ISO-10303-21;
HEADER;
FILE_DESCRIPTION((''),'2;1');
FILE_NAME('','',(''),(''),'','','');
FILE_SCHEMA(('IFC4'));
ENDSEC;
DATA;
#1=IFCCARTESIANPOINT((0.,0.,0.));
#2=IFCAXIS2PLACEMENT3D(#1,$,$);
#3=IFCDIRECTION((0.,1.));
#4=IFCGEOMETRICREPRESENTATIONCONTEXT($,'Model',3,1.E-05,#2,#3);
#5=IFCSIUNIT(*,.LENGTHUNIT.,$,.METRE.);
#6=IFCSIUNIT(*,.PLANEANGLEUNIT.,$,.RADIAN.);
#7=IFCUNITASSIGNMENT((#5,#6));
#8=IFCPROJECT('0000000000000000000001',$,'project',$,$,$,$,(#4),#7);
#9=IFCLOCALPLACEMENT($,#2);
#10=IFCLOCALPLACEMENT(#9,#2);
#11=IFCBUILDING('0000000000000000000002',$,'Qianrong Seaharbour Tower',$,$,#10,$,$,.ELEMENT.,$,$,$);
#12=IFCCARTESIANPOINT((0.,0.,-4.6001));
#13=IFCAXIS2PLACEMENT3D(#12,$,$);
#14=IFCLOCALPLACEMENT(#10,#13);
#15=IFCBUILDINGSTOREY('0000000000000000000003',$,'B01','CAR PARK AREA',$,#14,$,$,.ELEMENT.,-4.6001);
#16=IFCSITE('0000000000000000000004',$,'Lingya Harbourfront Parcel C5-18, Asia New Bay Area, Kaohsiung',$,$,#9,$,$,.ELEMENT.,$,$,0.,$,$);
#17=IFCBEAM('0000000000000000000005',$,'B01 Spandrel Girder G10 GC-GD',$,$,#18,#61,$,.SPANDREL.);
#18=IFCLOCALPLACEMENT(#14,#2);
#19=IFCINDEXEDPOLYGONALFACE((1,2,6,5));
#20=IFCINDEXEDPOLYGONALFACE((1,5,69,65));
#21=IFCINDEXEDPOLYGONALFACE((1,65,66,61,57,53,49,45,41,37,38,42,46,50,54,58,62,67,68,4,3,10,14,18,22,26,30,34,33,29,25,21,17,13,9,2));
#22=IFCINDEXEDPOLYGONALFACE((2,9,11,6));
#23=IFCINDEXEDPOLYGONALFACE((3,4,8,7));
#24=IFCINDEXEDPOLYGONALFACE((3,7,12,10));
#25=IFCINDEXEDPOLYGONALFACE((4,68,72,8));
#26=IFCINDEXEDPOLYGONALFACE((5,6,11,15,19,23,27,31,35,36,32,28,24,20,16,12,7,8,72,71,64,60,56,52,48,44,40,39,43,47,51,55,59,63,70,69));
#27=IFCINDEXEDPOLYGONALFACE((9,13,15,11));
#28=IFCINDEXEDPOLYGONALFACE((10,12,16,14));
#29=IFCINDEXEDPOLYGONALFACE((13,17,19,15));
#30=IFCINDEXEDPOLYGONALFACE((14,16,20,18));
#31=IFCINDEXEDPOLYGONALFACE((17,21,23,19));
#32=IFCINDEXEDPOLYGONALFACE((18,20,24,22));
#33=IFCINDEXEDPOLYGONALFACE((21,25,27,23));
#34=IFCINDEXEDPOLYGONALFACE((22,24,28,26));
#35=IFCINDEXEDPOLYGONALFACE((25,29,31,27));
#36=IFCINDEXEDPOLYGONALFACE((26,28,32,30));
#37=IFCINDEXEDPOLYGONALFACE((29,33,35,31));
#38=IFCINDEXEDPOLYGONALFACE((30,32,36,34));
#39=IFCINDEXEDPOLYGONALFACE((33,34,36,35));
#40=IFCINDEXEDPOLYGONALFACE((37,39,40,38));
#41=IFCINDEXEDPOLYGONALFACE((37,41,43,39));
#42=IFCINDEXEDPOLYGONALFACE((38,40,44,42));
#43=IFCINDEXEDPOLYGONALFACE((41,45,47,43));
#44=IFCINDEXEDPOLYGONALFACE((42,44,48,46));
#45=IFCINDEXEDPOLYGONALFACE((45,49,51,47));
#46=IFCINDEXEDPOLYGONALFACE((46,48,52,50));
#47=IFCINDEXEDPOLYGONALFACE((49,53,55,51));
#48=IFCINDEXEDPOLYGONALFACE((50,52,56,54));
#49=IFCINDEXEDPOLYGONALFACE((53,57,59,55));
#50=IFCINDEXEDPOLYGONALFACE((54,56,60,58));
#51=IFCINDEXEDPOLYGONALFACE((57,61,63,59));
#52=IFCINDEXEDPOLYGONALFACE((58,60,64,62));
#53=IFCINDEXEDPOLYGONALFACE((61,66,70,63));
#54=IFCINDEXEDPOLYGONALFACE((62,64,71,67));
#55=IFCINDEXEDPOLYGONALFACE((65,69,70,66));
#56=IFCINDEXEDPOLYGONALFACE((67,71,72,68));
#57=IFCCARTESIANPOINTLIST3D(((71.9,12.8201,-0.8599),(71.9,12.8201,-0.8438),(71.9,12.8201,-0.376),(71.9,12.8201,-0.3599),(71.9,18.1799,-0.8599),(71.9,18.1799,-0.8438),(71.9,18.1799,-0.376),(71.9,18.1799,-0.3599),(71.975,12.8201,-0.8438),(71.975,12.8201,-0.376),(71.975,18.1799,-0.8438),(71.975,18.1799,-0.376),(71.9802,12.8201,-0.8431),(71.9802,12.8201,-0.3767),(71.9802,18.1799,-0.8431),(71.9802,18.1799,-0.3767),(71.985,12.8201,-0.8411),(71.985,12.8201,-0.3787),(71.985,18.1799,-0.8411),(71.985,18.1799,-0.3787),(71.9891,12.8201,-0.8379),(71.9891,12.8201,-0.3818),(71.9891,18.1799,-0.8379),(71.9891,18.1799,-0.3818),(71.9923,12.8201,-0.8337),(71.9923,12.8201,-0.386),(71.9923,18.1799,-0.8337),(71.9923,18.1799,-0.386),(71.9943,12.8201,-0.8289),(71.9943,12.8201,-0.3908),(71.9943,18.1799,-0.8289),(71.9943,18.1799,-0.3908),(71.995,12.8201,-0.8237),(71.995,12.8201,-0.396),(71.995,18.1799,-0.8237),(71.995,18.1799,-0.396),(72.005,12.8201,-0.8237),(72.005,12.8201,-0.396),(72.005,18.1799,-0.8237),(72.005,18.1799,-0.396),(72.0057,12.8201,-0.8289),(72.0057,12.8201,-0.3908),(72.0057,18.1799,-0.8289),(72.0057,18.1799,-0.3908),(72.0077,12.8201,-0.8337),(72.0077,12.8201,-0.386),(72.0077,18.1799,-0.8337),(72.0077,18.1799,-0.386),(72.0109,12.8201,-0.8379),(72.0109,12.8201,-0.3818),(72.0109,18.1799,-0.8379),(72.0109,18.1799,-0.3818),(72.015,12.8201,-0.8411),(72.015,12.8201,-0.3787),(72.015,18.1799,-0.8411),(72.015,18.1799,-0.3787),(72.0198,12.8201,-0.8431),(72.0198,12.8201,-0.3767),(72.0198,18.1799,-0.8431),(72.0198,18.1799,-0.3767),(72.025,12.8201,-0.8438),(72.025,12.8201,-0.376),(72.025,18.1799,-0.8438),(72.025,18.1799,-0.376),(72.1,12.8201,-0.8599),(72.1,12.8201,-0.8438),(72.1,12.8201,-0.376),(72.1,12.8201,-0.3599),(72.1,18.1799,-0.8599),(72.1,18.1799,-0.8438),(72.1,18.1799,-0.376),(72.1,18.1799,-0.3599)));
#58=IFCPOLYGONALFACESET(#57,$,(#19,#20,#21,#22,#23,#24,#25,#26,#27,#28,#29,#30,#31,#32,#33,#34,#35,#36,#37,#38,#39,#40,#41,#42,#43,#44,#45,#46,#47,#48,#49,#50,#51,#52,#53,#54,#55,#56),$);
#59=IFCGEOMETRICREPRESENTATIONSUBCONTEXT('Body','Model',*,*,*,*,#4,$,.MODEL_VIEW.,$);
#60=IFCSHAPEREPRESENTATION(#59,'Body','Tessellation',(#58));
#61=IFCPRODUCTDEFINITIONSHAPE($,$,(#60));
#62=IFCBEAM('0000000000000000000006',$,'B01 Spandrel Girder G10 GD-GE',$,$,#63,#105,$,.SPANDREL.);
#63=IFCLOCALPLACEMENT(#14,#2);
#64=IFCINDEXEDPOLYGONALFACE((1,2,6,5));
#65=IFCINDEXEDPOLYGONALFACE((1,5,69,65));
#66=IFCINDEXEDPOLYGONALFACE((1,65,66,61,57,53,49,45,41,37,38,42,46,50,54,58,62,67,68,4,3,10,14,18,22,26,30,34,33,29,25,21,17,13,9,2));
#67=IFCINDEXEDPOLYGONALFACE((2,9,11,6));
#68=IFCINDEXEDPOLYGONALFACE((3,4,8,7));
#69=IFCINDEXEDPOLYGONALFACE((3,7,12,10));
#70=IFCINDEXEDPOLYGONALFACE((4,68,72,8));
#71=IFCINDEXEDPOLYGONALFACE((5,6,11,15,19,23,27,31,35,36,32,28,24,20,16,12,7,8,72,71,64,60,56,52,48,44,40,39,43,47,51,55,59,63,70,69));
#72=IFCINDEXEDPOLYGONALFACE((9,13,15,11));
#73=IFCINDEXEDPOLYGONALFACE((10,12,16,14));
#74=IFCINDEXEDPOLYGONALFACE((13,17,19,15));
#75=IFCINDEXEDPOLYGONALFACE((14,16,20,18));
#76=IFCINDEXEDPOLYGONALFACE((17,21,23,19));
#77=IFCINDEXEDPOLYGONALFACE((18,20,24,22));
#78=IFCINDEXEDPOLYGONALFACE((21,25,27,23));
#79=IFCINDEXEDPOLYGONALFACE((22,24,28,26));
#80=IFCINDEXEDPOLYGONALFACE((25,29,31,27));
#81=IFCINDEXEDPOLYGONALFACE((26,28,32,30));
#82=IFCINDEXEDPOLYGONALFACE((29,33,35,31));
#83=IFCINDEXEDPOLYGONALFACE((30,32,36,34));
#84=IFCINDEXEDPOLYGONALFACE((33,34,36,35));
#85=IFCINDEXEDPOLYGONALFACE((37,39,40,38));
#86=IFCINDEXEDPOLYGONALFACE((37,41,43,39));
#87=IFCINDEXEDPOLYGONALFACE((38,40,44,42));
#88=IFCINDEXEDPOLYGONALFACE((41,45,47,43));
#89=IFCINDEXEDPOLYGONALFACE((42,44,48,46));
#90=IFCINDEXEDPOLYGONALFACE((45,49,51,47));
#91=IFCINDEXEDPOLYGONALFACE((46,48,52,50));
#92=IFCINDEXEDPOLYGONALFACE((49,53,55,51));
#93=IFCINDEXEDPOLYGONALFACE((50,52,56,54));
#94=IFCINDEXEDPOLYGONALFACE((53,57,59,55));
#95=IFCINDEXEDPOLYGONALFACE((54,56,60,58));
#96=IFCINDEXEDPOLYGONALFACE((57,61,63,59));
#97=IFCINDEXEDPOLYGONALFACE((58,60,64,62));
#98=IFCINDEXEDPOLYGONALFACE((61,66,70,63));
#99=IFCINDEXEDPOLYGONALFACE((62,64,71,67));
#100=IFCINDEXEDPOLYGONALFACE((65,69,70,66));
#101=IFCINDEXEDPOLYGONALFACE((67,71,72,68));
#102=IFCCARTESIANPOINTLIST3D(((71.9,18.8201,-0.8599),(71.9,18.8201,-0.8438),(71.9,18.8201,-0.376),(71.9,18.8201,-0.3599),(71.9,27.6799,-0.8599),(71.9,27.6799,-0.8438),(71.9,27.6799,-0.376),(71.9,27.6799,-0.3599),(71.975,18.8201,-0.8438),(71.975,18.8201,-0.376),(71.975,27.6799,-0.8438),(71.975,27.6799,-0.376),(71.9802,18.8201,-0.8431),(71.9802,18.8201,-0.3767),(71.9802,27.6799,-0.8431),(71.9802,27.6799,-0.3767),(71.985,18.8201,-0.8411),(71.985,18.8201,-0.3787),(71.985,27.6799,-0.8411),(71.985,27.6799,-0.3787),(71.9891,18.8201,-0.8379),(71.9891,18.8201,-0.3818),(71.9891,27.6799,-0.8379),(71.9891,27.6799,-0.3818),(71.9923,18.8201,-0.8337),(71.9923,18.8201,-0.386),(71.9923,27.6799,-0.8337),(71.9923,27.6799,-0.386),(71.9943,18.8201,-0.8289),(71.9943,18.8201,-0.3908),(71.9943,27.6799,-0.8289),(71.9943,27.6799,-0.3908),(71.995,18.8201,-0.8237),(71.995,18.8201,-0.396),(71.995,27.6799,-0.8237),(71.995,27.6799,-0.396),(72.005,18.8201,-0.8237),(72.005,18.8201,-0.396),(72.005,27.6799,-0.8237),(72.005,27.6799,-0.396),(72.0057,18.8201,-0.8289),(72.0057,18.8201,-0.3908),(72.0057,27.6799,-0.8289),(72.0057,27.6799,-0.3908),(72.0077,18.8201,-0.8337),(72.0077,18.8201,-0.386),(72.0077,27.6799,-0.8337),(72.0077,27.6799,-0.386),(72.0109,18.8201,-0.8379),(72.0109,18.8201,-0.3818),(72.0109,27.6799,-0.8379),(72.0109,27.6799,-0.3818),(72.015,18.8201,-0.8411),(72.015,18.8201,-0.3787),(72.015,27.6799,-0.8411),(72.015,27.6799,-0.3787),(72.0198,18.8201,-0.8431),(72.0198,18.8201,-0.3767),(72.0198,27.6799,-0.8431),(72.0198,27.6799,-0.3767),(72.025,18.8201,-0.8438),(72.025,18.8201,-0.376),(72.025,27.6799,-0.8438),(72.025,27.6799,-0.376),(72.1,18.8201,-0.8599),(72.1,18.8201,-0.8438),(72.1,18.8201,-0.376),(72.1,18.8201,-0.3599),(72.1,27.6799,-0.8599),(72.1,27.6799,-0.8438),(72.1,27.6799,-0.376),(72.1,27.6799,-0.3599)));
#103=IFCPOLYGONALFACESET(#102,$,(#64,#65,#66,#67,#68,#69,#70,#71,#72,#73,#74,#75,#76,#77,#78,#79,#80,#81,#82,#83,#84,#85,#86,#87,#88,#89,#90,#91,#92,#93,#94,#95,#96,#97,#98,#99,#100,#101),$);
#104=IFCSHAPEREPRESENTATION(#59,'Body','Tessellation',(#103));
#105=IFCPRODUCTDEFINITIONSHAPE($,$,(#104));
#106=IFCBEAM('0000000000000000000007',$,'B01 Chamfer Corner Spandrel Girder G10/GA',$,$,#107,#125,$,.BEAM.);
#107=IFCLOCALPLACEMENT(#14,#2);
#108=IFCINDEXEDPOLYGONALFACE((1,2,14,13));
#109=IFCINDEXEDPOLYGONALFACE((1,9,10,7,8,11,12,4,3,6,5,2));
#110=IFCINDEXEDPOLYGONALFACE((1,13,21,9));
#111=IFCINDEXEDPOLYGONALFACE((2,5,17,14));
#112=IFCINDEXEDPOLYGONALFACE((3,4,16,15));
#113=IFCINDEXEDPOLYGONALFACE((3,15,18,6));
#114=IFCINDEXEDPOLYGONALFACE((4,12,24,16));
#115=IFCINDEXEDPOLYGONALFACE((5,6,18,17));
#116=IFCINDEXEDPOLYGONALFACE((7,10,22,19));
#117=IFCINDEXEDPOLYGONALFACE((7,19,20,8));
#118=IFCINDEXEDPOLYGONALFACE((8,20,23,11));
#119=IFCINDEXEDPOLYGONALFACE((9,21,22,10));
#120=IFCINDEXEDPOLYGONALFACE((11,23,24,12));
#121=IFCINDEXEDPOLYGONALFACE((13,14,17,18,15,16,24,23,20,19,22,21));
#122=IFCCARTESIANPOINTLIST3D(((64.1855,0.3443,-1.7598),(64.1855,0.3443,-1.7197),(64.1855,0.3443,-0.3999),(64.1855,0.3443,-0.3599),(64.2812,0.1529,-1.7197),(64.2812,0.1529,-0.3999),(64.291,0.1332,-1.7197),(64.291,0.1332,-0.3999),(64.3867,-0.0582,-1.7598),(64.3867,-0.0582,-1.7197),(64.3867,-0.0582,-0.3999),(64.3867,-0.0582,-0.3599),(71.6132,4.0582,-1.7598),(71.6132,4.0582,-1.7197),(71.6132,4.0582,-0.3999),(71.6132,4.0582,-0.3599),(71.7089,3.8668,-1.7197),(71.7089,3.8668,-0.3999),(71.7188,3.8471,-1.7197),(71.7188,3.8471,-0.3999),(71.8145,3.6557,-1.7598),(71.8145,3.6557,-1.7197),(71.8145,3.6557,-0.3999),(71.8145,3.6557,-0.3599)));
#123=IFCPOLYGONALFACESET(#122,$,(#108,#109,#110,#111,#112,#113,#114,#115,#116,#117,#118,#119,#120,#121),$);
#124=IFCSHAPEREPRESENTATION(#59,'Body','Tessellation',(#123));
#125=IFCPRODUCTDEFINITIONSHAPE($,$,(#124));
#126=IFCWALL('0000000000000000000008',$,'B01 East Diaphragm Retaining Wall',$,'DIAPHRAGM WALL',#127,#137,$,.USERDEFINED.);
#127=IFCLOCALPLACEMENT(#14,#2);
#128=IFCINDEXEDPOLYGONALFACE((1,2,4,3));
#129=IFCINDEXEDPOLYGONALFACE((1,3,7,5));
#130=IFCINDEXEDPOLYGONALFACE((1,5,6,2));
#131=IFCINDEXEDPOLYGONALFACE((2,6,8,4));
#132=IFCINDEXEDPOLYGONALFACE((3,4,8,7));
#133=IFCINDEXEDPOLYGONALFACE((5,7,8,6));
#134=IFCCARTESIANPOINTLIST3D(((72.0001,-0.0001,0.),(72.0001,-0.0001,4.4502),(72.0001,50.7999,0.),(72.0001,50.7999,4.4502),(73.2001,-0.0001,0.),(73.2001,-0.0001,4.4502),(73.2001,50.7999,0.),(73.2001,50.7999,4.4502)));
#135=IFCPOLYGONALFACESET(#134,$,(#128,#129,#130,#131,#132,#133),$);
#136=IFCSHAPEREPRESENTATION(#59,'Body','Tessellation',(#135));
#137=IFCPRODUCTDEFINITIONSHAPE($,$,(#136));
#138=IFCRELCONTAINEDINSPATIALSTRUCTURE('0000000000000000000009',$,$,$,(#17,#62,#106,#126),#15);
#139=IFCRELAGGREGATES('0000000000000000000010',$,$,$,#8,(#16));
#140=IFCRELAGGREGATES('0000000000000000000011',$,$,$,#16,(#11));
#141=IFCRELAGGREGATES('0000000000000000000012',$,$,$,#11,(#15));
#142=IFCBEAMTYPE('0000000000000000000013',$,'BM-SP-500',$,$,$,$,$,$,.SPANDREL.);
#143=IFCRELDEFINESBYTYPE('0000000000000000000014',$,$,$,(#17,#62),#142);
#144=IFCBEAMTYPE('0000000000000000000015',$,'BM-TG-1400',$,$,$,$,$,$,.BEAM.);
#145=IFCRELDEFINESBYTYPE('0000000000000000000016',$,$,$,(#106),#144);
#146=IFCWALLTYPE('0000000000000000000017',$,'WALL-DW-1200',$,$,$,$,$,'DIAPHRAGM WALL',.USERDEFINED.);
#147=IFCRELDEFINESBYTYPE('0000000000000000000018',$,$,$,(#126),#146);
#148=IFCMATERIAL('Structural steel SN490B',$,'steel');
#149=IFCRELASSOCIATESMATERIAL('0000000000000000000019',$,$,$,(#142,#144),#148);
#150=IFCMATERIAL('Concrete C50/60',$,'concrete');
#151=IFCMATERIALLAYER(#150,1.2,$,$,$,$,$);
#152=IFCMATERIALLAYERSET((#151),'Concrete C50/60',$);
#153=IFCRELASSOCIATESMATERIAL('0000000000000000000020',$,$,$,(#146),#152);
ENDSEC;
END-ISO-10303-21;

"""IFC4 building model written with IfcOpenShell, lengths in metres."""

from ifc_helpers import new_model, si_unit, direction, frame, frame_2d, origin, origin_2d, place, context, subcontext, project, spatial, rectangle, i_section, extrude, material, layer, layer_set, material_profile, profile_set, type_object, element, save


model = new_model("IFC4")

# Units and contexts
model_context = context("Model", 3, precision=1e-05, world=origin(), true_north=direction((0.0, 1.0)))
body_context = subcontext(model_context, "Body", "Model", "MODEL_VIEW")
ifc_project = project(units=[si_unit("LENGTHUNIT", "METRE"), si_unit("PLANEANGLEUNIT", "RADIAN")], contexts=[model_context])

# Site, building, storey
site_placement = place(None, origin())
site = spatial("IfcSite", under=ifc_project, at=site_placement, Name="Lingya Harbourfront Parcel C5-18, Asia New Bay Area, Kaohsiung", CompositionType="ELEMENT", RefElevation=0.0)
building_placement = place(site_placement, origin())
building = spatial("IfcBuilding", under=site, at=building_placement, Name="Qianrong Seaharbour Tower", CompositionType="ELEMENT")
storey_placement = place(building_placement, frame((0.0, 0.0, -4.6001)))
storey = spatial("IfcBuildingStorey", under=building, at=storey_placement, Name="B01", Description="CAR PARK AREA", CompositionType="ELEMENT", Elevation=-4.6001)

# Shared definitions
ifc_material_1 = material(Name="Structural steel SN490B", Category="steel")

# Beams
ifc_material_2 = material(Name="Concrete C50/60", Category="concrete")
ifc_material_profile_1 = material_profile(ifc_material_1, i_section(OverallWidth=0.2, OverallDepth=0.5, WebThickness=0.01, FlangeThickness=0.0161, FilletRadius=0.02, at=origin_2d()), Name="H500x200x10x16")
ifc_profile_set_1 = profile_set([ifc_material_profile_1], Name="Structural steel SN490B")
beam_type_1 = type_object("IfcBeamType", Name="BM-SP-500", PredefinedType="SPANDREL", material=ifc_profile_set_1)
beam_1_placement = place(storey_placement, frame((72.0, 12.8201, -0.6099), z_axis=(0.0, 1.0, 0.0), x_axis=(-1.0, 0.0, 0.0)))
element("IfcBeam", 1, at=beam_1_placement, inside=storey, type_object=beam_type_1, Name="B01 Spandrel Girder G10 GC-GD", PredefinedType="SPANDREL", context=body_context, shape_type="SweptSolid", body=[
    extrude(i_section(OverallWidth=0.2, OverallDepth=0.5, WebThickness=0.01, FlangeThickness=0.0161, FilletRadius=0.02, at=origin_2d()), origin(), (0.0, 0.0, 1.0), 5.3599),
])
beam_2_placement = place(storey_placement, frame((72.0, 18.8201, -0.6099), z_axis=(0.0, 1.0, 0.0), x_axis=(-1.0, 0.0, 0.0)))
element("IfcBeam", 2, at=beam_2_placement, inside=storey, type_object=beam_type_1, Name="B01 Spandrel Girder G10 GD-GE", PredefinedType="SPANDREL", context=body_context, shape_type="SweptSolid", body=[
    extrude(i_section(OverallWidth=0.2, OverallDepth=0.5, WebThickness=0.01, FlangeThickness=0.0161, FilletRadius=0.02, at=origin_2d()), origin(), (0.0, 0.0, 1.0), 8.8599),
])
ifc_material_profile_2 = material_profile(ifc_material_1, i_section(OverallWidth=0.45, OverallDepth=1.3999, WebThickness=0.022, FlangeThickness=0.04, at=origin_2d()), Name="BH1400x450x22x40")
ifc_profile_set_2 = profile_set([ifc_material_profile_2], Name="Structural steel SN490B")
beam_type_2 = type_object("IfcBeamType", Name="BM-TG-1400", PredefinedType="BEAM", material=ifc_profile_set_2)
beam_3_placement = place(storey_placement, frame((64.2861, 0.1431, -1.0598), z_axis=(0.894427, 0.447214, 0.0), x_axis=(-0.447214, 0.894427, 0.0)))
element("IfcBeam", 3, at=beam_3_placement, inside=storey, type_object=beam_type_2, Name="B01 Chamfer Corner Spandrel Girder G10/GA", PredefinedType="BEAM", context=body_context, shape_type="SweptSolid", body=[
    extrude(i_section(OverallWidth=0.45, OverallDepth=1.3999, WebThickness=0.022, FlangeThickness=0.04, at=origin_2d()), origin(), (0.0, 0.0, 1.0), 8.3044),
])

# Wall
ifc_layer = layer(ifc_material_2, 1.2)
ifc_layer_set = layer_set([ifc_layer], Name="Concrete C50/60")
wall_type = type_object("IfcWallType", Name="WALL-DW-1200", ElementType="DIAPHRAGM WALL", PredefinedType="USERDEFINED", material=ifc_layer_set)
wall_placement = place(storey_placement, frame((72.6001, 0.0, 0.0), z_axis=(0.0, 0.0, 1.0), x_axis=(0.0, 1.0, 0.0)))
element("IfcWall", 4, at=wall_placement, inside=storey, type_object=wall_type, Name="B01 East Diaphragm Retaining Wall", ObjectType="DIAPHRAGM WALL", PredefinedType="USERDEFINED", context=body_context, shape_type="SweptSolid", body=[
    extrude(rectangle(XDim=50.8, YDim=1.2, at=frame_2d((25.3999, 0.0))), origin(), (0.0, 0.0, 1.0), 4.4502),
])

save(model, "model.ifc")
